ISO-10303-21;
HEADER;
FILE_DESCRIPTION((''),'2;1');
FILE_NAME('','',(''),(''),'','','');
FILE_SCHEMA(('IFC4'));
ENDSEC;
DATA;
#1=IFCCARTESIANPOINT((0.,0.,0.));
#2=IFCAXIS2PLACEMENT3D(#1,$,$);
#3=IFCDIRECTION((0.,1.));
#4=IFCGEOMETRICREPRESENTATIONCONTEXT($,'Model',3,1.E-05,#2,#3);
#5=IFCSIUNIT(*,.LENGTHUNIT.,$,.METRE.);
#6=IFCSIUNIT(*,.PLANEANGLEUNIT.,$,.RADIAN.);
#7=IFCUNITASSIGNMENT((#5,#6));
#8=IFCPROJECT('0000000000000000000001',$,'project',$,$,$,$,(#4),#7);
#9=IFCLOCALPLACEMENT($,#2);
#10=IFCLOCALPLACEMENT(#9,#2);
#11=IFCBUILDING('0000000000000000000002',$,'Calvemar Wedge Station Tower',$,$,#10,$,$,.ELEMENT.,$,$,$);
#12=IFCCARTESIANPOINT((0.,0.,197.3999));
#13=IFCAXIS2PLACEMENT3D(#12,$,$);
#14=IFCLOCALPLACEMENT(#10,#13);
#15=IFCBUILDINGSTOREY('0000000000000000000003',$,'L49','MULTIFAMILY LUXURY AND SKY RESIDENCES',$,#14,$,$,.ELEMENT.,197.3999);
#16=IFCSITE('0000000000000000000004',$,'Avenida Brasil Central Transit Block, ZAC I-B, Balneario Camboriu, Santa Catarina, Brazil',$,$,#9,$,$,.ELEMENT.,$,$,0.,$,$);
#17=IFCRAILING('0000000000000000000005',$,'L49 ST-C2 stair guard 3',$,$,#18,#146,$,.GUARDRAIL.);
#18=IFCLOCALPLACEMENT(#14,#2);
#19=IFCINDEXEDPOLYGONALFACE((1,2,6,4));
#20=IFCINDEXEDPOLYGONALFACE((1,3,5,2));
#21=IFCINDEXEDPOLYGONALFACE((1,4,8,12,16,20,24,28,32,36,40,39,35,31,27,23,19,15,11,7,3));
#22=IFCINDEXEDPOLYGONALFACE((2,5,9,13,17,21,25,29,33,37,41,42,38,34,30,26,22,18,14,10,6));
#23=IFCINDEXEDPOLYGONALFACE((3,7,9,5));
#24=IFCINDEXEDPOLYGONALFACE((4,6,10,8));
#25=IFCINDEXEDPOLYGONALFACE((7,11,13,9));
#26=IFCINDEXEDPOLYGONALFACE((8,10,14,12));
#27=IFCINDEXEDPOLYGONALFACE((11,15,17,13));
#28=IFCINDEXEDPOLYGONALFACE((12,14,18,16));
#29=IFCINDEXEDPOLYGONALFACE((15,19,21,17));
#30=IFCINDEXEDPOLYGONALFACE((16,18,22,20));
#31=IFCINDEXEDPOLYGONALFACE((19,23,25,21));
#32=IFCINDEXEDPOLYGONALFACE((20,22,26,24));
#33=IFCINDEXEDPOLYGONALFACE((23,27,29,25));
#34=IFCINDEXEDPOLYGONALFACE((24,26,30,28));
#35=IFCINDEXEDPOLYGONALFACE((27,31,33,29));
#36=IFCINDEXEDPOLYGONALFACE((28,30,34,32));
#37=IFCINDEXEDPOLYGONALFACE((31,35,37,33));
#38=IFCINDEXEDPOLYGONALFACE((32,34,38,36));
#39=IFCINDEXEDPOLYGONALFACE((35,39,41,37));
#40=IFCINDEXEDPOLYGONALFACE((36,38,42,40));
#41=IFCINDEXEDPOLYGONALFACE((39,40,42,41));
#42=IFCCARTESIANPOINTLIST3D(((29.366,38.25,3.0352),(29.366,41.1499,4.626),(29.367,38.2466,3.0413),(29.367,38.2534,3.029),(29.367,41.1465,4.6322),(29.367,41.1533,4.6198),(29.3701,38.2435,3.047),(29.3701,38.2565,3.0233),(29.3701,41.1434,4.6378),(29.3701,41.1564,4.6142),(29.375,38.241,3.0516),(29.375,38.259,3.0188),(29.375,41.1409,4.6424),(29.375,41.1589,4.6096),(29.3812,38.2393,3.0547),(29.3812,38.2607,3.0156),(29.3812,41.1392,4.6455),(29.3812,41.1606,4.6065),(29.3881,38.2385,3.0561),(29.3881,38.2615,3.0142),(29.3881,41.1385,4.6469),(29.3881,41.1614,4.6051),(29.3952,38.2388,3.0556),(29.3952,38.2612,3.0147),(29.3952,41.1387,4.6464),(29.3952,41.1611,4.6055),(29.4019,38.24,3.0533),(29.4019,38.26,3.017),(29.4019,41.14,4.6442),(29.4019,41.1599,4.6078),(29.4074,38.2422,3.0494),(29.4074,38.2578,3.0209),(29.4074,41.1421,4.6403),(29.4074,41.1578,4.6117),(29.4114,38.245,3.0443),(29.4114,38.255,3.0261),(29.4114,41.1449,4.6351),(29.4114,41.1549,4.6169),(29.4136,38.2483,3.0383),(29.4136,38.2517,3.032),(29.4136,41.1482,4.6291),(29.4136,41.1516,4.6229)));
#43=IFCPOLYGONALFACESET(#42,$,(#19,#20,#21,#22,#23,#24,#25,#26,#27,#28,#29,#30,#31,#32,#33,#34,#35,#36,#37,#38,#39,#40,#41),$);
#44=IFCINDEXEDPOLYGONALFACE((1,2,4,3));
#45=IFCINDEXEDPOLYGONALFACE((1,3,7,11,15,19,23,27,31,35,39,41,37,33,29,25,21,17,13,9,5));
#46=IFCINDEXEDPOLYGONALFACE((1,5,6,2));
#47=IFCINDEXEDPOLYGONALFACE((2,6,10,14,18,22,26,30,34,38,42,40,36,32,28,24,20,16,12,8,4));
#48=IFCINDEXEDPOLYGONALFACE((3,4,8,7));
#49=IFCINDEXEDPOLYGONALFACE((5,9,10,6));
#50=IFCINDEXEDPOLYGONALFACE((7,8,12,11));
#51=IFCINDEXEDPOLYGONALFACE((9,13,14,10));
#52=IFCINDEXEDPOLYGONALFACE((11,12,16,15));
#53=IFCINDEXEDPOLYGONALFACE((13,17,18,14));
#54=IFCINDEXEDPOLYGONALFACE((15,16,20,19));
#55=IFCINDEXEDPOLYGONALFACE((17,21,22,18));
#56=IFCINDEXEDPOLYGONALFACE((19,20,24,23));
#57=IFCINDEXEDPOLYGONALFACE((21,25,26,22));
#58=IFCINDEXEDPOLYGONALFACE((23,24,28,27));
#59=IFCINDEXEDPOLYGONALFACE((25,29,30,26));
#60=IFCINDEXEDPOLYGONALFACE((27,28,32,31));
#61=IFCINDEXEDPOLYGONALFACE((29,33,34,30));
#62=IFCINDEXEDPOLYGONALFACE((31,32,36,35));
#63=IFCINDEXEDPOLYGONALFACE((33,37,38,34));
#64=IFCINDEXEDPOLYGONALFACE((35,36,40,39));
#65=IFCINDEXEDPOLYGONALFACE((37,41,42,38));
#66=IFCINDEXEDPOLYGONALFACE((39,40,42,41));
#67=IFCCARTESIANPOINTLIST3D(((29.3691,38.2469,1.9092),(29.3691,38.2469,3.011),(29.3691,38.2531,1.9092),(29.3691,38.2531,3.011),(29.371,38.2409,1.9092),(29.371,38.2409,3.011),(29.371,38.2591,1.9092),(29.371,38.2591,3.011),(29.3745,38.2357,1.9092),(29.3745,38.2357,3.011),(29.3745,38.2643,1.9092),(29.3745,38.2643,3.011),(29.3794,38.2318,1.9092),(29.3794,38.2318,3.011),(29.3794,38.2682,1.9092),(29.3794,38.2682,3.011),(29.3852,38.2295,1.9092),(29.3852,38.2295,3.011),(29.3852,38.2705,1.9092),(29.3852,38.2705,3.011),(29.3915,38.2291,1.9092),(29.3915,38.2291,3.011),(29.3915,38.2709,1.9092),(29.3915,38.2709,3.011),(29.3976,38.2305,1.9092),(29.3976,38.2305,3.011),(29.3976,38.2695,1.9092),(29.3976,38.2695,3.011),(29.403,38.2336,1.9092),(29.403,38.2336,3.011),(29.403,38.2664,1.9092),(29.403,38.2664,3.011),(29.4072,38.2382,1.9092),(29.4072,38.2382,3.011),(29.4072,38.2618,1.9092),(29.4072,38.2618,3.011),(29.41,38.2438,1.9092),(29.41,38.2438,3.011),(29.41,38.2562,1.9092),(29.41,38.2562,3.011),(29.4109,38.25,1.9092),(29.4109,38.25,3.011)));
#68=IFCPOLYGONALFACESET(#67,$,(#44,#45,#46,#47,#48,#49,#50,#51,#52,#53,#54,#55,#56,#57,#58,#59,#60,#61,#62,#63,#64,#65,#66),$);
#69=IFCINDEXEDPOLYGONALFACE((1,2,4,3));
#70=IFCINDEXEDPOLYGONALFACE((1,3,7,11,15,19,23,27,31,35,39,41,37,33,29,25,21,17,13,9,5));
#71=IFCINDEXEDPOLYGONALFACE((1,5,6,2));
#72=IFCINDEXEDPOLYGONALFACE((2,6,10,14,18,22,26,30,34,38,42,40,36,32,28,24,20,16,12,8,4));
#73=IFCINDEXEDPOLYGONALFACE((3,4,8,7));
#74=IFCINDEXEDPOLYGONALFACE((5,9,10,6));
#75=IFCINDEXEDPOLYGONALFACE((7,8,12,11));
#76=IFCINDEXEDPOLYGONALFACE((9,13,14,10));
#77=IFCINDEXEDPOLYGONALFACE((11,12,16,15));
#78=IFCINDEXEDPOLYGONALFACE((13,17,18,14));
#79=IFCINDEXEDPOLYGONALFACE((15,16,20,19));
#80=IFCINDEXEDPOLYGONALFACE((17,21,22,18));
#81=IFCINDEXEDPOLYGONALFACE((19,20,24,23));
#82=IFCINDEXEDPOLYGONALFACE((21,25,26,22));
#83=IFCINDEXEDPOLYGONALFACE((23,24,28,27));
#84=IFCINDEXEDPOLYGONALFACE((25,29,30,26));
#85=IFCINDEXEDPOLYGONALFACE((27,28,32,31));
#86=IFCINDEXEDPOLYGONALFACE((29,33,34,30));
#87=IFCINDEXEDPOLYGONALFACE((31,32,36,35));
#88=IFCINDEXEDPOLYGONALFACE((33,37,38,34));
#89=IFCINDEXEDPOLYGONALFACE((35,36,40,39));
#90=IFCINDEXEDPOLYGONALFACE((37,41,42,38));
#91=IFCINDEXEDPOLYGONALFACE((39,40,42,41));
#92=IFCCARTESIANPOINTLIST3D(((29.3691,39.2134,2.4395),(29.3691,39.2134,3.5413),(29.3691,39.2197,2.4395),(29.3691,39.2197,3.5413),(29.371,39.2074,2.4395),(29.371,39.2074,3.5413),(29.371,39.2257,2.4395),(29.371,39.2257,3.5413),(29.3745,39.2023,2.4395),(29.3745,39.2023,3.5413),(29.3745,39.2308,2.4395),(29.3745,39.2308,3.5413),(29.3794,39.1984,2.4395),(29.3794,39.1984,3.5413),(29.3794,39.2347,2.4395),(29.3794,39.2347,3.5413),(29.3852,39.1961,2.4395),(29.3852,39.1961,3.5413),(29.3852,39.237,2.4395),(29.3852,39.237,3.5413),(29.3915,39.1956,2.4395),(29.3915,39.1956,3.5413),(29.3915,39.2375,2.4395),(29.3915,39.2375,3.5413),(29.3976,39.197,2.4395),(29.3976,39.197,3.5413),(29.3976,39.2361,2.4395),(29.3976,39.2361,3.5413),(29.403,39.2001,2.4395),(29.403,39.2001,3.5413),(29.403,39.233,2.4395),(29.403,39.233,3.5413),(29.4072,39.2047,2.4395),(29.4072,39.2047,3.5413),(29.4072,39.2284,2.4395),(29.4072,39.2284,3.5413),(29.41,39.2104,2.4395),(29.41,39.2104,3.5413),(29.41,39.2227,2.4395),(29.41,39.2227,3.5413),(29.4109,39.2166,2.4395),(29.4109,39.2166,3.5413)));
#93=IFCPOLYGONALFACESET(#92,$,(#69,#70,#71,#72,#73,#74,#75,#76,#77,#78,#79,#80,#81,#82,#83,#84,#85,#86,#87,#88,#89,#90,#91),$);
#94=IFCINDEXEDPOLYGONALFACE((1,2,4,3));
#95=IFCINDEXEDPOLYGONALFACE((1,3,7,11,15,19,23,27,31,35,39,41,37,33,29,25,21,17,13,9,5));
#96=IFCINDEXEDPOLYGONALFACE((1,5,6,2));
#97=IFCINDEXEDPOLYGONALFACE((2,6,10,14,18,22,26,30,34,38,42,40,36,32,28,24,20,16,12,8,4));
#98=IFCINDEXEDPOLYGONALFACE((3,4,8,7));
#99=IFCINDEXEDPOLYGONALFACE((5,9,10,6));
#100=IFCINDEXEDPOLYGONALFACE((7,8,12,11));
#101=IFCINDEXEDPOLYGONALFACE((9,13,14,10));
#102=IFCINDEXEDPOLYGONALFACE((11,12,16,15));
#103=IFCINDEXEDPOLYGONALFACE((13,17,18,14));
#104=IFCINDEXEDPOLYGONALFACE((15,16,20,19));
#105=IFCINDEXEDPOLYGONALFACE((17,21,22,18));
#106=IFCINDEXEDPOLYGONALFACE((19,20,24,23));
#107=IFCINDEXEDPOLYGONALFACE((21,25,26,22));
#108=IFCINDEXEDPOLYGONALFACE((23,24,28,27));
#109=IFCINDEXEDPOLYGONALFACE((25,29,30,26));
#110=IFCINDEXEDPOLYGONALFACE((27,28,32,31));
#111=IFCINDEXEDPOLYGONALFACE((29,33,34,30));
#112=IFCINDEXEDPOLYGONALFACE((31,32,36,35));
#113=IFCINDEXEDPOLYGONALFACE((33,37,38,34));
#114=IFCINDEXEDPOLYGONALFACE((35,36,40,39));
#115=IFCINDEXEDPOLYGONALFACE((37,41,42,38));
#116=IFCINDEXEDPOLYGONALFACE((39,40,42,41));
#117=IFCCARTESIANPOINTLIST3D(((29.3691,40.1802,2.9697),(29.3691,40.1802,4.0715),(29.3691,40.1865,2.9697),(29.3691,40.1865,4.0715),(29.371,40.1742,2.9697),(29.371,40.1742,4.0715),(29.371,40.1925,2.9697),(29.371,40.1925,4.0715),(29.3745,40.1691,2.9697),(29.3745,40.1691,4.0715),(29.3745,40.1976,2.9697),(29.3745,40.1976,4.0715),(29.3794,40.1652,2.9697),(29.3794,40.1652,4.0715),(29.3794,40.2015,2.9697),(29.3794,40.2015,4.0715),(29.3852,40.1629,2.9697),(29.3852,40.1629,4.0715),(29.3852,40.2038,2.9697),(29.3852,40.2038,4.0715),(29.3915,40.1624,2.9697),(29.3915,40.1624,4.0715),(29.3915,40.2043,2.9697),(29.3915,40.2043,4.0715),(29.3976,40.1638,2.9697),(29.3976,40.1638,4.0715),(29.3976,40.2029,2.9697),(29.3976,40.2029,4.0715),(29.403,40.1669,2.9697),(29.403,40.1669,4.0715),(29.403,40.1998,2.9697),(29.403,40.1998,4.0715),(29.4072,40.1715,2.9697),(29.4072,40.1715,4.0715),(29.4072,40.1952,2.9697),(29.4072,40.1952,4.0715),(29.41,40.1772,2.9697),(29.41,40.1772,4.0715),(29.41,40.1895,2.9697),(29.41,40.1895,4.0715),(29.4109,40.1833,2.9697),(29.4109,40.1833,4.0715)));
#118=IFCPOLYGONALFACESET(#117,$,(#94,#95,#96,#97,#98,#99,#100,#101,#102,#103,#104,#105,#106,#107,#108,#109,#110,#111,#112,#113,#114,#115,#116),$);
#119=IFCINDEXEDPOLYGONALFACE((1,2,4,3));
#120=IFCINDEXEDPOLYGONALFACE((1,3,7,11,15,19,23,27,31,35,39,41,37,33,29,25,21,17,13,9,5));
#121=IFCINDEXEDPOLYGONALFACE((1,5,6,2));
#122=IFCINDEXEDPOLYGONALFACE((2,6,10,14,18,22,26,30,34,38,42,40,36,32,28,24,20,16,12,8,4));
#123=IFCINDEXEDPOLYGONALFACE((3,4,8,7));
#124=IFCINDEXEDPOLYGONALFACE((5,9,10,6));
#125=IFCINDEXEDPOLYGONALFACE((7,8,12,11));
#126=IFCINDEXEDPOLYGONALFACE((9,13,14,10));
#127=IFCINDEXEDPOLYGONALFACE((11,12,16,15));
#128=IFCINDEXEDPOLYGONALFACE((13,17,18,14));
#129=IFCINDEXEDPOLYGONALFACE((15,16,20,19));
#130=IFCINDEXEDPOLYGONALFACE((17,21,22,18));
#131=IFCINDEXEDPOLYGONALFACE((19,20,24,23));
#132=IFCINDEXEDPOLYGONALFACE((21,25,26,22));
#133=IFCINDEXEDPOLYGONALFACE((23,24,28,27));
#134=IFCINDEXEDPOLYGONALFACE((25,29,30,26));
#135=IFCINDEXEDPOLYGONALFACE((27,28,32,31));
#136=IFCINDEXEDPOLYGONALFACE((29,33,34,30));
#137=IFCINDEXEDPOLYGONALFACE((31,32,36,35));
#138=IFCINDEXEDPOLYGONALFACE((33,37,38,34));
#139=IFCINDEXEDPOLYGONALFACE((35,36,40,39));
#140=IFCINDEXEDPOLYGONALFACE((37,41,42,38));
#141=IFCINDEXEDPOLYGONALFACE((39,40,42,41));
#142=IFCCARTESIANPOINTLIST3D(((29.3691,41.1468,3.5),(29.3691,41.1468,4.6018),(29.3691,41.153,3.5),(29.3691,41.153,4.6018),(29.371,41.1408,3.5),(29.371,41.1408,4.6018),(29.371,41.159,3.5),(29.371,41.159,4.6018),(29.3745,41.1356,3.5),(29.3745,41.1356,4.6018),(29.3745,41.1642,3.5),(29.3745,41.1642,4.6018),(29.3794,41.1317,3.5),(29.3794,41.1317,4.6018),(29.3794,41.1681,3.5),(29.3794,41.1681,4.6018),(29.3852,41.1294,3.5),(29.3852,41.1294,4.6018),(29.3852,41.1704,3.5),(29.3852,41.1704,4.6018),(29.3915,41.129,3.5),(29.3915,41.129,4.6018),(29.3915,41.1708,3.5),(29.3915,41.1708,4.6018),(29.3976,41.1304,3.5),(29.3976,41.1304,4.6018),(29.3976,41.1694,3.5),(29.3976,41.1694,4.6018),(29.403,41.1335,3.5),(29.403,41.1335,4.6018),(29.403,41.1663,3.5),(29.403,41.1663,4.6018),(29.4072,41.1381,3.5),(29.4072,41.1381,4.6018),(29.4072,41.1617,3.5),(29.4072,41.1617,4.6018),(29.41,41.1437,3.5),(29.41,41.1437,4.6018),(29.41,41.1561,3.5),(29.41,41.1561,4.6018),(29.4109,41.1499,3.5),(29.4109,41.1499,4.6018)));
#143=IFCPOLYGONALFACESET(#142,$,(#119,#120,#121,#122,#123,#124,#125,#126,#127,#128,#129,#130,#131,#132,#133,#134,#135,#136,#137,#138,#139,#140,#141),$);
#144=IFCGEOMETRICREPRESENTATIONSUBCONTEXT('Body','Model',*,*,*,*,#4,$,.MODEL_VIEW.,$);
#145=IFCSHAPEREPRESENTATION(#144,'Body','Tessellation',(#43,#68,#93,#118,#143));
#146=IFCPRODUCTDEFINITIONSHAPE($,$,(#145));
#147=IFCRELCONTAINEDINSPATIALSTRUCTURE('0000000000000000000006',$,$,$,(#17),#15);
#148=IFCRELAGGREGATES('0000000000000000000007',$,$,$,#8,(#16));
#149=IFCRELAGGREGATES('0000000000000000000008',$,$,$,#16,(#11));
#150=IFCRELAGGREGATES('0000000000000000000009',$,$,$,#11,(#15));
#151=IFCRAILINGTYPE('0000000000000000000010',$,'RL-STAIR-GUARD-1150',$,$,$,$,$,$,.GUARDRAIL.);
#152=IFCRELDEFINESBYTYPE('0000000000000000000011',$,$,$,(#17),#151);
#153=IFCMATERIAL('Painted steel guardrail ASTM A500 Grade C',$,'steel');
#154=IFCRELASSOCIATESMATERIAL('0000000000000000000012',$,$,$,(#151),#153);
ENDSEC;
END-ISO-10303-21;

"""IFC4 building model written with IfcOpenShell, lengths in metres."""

from ifc_helpers import new_model, si_unit, direction, frame, origin, origin_2d, place, context, subcontext, project, spatial, circle, extrude, material, type_object, element, save


model = new_model("IFC4")

# Units and contexts
model_context = context("Model", 3, precision=1e-05, world=origin(), true_north=direction((0.0, 1.0)))
body_context = subcontext(model_context, "Body", "Model", "MODEL_VIEW")
ifc_project = project(units=[si_unit("LENGTHUNIT", "METRE"), si_unit("PLANEANGLEUNIT", "RADIAN")], contexts=[model_context])

# Site, building, storey
site_placement = place(None, origin())
site = spatial("IfcSite", under=ifc_project, at=site_placement, Name="Avenida Brasil Central Transit Block, ZAC I-B, Balneario Camboriu, Santa Catarina, Brazil", CompositionType="ELEMENT", RefElevation=0.0)
building_placement = place(site_placement, origin())
building = spatial("IfcBuilding", under=site, at=building_placement, Name="Calvemar Wedge Station Tower", CompositionType="ELEMENT")
storey_placement = place(building_placement, frame((0.0, 0.0, 197.3999)))
storey = spatial("IfcBuildingStorey", under=building, at=storey_placement, Name="L49", Description="MULTIFAMILY LUXURY AND SKY RESIDENCES", CompositionType="ELEMENT", Elevation=197.3999)

# Railing
ifc_material_1 = material(Name="Painted steel guardrail ASTM A500 Grade C", Category="steel")
railing_type_1 = type_object("IfcRailingType", Name="RL-STAIR-GUARD-1150", PredefinedType="GUARDRAIL", material=ifc_material_1)
railing_1_placement = place(storey_placement, frame((29.3899, 38.25, 1.9092)))
element("IfcRailing", 1, at=railing_1_placement, inside=storey, type_object=railing_type_1, Name="L49 ST-C2 stair guard 3", PredefinedType="GUARDRAIL", context=body_context, shape_type="SweptSolid", body=[
    extrude(circle(Radius=0.0239, at=origin_2d()), frame((0.0, 0.0, 1.126), z_axis=(0.0, 0.876742, 0.480961), x_axis=(-1.0, 0.0, 0.0)), (0.0, 0.0, 1.0), 3.3076),
    extrude(circle(Radius=0.021, at=origin_2d()), origin(), (0.0, 0.0, 1.0), 1.1018),
    extrude(circle(Radius=0.021, at=origin_2d()), frame((0.0, 0.9666, 0.5303)), (0.0, 0.0, 1.0), 1.1018),
    extrude(circle(Radius=0.021, at=origin_2d()), frame((0.0, 1.9333, 1.0605)), (0.0, 0.0, 1.0), 1.1018),
    extrude(circle(Radius=0.021, at=origin_2d()), frame((0.0, 2.8999, 1.5908)), (0.0, 0.0, 1.0), 1.1018),
])

save(model, "model.ifc")
